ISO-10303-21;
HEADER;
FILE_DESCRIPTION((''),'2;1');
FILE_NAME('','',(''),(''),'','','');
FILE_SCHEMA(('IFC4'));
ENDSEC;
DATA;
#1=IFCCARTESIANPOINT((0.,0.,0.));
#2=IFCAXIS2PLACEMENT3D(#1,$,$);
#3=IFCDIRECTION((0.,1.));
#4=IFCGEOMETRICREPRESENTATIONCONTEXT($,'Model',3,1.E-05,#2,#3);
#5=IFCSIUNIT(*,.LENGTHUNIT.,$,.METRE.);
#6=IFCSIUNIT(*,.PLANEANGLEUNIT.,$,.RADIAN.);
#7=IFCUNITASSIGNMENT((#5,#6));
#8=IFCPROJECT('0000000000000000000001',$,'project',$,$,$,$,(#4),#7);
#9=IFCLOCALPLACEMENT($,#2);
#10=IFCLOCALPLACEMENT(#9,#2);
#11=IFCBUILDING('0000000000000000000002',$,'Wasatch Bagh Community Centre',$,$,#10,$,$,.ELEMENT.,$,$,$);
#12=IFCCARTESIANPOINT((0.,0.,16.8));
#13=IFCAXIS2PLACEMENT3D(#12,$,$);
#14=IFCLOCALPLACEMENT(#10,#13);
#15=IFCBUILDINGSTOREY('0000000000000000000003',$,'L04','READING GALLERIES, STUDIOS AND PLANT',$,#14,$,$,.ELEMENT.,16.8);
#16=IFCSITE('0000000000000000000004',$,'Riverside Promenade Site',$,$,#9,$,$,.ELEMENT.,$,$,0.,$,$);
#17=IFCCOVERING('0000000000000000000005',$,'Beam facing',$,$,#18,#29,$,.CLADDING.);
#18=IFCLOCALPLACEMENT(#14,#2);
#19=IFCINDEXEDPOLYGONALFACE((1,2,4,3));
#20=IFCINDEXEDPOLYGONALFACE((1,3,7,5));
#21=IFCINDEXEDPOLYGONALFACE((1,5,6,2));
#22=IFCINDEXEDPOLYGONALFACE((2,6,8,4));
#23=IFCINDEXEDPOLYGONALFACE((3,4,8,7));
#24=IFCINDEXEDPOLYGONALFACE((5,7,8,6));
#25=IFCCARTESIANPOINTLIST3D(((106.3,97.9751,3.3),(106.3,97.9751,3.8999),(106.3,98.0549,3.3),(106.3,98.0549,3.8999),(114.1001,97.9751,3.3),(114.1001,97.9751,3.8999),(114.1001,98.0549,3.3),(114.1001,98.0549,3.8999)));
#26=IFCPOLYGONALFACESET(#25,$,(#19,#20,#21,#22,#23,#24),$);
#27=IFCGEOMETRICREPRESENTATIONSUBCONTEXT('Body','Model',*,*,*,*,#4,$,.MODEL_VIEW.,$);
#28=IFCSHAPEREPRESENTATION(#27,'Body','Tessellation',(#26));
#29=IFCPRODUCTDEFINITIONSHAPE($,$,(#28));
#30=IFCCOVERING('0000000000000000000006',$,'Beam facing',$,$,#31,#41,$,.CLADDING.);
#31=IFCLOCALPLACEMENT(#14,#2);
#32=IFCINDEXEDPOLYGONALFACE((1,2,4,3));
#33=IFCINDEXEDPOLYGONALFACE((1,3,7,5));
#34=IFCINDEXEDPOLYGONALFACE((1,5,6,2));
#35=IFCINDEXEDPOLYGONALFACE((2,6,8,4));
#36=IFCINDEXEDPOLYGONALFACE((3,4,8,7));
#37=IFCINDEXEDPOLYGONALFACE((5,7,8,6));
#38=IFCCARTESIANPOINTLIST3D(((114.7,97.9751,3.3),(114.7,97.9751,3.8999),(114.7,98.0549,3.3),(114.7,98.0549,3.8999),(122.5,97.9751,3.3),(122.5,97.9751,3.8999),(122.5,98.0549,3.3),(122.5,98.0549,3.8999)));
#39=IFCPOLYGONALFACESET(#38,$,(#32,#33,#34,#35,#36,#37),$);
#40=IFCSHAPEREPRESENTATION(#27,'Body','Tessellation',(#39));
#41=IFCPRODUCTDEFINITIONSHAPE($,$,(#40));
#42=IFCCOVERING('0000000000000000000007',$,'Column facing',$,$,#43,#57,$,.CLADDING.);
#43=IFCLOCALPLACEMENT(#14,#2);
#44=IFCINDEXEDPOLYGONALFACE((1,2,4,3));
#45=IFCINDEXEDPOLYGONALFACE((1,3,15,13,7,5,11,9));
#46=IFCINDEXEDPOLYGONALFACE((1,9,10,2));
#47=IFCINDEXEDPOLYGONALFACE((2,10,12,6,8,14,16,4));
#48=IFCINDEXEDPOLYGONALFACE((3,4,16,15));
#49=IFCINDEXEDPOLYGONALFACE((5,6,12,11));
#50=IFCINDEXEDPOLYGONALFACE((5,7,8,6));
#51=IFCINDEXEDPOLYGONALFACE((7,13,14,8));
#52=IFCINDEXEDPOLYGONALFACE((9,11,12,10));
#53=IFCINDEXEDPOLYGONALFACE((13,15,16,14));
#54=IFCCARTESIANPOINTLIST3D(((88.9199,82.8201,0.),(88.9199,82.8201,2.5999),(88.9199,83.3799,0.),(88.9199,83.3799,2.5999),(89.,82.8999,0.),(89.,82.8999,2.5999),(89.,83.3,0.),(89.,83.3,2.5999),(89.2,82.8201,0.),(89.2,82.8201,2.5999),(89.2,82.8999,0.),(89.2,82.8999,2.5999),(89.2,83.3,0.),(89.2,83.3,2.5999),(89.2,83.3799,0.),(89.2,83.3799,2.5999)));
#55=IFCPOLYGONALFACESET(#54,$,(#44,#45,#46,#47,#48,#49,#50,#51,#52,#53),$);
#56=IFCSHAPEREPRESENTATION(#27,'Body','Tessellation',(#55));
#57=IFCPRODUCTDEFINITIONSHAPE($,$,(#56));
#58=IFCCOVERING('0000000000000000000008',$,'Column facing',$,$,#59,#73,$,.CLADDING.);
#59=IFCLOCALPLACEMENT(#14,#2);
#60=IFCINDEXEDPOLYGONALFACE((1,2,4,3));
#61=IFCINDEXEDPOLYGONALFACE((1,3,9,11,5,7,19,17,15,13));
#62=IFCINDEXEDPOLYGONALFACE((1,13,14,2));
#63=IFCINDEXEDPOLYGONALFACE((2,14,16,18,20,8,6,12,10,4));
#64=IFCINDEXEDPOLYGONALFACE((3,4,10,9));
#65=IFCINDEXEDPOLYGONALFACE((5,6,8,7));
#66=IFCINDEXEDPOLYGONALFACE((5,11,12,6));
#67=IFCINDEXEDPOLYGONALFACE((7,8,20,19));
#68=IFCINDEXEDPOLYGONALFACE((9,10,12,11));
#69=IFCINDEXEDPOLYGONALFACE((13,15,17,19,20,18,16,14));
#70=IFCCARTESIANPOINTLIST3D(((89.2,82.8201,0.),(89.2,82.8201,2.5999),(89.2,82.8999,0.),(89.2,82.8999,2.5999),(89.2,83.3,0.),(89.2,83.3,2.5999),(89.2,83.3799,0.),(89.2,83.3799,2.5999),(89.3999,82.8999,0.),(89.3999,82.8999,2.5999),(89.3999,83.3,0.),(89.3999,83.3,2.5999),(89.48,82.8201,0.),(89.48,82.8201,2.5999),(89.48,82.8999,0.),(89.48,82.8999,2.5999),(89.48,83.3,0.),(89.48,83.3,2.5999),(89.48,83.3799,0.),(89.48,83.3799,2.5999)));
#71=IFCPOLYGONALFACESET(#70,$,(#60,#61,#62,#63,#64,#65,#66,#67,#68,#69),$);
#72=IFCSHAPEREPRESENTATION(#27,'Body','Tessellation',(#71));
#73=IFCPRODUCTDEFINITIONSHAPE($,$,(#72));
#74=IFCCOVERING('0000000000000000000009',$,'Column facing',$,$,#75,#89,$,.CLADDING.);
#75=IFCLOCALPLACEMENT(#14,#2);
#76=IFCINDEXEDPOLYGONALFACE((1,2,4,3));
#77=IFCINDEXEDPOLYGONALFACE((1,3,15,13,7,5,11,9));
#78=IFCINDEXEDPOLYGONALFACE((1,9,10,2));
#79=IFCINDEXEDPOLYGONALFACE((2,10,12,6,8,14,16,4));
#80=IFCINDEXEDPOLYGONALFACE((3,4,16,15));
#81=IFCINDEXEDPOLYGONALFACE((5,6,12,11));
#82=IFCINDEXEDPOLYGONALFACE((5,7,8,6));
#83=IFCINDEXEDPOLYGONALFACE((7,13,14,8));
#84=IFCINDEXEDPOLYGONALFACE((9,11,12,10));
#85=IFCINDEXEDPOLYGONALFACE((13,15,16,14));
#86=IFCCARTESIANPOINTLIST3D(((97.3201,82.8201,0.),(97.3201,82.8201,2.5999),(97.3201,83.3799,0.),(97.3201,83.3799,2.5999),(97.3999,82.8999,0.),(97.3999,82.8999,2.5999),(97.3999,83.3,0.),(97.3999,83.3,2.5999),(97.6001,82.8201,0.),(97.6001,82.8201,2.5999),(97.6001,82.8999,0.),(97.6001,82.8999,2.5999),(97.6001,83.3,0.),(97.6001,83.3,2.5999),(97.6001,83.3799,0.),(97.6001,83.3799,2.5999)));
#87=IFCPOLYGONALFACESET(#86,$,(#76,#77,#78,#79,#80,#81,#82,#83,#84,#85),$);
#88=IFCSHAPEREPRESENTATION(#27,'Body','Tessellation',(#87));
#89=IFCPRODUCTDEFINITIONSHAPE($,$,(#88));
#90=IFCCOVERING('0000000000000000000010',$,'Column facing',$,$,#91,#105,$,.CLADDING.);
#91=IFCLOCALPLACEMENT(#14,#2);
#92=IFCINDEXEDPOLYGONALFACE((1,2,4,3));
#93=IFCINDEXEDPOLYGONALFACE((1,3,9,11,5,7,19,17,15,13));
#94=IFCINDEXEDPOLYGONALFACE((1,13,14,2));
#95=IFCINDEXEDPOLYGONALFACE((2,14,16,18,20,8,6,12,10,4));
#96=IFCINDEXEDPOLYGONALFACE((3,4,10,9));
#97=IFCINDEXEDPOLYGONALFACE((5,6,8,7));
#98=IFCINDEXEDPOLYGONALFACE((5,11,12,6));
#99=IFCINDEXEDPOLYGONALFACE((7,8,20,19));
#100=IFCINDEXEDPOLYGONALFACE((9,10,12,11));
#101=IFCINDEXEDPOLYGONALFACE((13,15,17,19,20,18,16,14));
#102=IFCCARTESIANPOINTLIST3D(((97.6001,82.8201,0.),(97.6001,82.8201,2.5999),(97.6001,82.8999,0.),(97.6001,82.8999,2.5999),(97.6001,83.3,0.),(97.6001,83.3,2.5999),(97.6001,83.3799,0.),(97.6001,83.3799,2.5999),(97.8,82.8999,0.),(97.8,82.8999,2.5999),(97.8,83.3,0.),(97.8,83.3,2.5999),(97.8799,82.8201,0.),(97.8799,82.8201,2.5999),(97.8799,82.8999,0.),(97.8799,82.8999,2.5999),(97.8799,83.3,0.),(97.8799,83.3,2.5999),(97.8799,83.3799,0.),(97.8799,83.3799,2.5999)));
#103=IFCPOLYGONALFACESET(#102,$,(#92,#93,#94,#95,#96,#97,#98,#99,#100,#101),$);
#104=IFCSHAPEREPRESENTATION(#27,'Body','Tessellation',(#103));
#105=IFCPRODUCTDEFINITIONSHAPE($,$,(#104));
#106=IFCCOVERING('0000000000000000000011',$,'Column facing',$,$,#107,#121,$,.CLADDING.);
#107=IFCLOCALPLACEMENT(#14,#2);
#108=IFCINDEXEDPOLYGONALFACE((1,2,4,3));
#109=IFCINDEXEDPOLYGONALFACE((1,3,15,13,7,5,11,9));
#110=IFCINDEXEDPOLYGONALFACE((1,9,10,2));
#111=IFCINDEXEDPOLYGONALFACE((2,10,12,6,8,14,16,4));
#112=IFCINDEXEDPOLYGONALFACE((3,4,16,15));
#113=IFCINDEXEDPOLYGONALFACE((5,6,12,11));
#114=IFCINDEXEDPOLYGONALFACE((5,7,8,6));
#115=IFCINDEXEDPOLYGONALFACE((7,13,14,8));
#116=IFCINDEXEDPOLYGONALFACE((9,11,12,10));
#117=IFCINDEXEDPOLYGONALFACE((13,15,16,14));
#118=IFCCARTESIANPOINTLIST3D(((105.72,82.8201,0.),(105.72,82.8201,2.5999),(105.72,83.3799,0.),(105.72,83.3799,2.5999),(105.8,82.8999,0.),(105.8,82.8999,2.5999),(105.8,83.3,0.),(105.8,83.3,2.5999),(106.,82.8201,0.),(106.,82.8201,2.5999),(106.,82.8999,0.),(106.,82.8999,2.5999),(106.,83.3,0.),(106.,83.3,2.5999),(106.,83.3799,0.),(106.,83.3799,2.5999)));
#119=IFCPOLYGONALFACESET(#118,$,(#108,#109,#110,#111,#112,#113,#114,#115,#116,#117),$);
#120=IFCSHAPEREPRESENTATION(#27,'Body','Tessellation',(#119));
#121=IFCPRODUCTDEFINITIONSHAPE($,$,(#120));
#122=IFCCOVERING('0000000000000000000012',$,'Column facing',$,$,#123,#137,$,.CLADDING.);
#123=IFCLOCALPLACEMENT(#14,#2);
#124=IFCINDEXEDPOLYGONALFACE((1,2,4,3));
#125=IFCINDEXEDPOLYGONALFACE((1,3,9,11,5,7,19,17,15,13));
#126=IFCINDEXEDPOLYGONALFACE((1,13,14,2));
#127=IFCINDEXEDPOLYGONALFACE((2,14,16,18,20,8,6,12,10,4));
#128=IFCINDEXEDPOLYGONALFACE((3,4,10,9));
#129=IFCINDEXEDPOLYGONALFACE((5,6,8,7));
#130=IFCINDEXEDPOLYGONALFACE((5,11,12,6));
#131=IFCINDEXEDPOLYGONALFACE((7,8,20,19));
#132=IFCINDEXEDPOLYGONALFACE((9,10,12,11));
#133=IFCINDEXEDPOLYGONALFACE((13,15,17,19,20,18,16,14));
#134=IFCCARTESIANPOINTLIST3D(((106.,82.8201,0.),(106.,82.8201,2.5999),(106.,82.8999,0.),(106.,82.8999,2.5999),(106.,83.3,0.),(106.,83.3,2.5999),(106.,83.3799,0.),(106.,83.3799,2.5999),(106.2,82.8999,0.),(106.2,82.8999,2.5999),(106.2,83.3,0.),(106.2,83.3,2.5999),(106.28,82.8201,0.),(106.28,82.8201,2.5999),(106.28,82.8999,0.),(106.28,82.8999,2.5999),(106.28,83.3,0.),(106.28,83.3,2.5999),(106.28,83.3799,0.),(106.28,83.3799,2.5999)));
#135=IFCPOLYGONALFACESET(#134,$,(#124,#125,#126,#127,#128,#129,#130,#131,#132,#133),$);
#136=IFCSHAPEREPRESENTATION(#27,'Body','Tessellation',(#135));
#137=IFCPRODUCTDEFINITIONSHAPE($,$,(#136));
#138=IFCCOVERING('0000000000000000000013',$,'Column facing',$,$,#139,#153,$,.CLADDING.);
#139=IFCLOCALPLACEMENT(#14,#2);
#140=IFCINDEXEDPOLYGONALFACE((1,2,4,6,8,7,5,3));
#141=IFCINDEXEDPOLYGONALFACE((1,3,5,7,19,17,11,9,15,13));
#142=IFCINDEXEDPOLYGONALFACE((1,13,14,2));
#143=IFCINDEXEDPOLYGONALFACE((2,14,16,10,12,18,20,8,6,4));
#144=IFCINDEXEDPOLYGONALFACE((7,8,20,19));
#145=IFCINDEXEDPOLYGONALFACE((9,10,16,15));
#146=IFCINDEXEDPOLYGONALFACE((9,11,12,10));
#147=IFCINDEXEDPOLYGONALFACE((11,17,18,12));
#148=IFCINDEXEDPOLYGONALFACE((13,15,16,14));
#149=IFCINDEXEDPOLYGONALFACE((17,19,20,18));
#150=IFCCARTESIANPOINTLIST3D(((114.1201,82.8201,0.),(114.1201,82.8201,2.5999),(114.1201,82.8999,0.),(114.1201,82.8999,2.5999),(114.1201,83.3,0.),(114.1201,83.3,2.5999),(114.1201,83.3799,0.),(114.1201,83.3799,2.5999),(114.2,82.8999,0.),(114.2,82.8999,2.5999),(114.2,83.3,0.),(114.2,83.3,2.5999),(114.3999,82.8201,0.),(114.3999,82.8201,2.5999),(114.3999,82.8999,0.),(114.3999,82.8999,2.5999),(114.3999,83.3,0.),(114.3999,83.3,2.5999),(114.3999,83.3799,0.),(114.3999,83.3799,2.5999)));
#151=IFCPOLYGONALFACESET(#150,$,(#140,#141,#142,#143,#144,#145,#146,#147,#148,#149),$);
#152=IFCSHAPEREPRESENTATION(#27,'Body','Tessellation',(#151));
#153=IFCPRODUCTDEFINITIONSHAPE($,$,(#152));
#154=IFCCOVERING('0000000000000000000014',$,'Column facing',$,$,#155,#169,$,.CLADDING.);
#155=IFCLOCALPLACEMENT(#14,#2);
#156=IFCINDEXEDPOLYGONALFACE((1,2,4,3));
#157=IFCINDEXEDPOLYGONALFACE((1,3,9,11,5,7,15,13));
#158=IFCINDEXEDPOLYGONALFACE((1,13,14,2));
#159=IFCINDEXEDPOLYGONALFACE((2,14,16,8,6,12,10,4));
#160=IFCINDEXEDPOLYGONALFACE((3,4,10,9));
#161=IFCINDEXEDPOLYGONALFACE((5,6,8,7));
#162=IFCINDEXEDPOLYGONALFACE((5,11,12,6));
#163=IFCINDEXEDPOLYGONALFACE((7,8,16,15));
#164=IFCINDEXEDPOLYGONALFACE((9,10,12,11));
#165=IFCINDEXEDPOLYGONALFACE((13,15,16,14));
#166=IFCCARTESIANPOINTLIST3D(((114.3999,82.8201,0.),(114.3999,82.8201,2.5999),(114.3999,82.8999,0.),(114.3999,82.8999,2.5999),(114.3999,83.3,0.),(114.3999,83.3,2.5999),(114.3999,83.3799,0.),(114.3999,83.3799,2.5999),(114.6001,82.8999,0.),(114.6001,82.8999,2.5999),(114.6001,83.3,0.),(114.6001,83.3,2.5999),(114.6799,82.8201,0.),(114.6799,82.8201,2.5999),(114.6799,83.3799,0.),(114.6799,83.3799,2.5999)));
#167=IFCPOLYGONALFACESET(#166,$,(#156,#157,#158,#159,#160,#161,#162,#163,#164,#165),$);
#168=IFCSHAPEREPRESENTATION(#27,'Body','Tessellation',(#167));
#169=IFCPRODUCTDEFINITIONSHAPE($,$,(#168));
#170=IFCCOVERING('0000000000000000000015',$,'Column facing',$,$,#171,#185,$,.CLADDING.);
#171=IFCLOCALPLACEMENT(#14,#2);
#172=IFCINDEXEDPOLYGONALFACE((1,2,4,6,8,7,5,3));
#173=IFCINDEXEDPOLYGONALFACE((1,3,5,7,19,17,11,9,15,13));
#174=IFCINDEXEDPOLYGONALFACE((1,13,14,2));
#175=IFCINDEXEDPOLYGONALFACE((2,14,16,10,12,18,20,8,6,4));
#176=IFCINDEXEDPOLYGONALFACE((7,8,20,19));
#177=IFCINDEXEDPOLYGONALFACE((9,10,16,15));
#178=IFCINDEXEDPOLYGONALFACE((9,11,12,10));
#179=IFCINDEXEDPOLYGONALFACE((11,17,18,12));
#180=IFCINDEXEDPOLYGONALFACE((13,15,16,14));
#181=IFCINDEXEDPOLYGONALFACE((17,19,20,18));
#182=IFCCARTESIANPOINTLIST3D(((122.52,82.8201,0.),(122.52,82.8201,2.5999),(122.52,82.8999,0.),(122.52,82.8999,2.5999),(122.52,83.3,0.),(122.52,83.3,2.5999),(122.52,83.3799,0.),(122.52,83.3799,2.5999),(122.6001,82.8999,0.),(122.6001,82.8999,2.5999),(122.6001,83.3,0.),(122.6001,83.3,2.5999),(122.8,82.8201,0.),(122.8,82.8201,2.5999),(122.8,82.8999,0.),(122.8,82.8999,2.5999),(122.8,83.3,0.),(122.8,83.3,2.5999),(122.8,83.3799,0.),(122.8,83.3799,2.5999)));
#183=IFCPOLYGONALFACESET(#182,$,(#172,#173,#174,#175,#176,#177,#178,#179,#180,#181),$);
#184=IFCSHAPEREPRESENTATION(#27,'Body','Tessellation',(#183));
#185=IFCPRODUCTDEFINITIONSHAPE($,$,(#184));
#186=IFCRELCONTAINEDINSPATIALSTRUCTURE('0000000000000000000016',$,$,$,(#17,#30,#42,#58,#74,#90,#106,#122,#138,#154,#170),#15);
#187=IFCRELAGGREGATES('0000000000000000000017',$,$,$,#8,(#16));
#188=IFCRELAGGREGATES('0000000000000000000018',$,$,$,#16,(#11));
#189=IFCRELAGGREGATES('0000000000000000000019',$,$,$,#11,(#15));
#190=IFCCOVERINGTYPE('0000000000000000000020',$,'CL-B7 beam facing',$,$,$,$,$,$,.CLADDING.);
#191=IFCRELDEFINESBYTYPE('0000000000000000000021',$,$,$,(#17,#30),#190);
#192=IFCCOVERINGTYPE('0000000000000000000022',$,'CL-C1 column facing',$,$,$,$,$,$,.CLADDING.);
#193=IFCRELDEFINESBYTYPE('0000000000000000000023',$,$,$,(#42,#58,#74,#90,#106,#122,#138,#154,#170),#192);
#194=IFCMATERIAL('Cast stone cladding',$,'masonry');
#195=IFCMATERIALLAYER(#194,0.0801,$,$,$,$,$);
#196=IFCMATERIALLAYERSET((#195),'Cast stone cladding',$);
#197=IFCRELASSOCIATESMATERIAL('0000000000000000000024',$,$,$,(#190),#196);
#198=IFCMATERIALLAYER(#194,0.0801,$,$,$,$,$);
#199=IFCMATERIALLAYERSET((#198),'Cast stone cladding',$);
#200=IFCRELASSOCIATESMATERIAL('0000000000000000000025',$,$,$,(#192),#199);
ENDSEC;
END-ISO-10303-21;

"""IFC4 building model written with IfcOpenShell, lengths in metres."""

from ifc_helpers import new_model, si_unit, direction, frame, origin, place, context, subcontext, project, spatial, polyline, outline, extrude, material, layer, layer_set, type_object, element, save


model = new_model("IFC4")

# Units and contexts
model_context = context("Model", 3, precision=1e-05, world=origin(), true_north=direction((0.0, 1.0)))
body_context = subcontext(model_context, "Body", "Model", "MODEL_VIEW")
ifc_project = project(units=[si_unit("LENGTHUNIT", "METRE"), si_unit("PLANEANGLEUNIT", "RADIAN")], contexts=[model_context])

# Site, building, storey
site_placement = place(None, origin())
site = spatial("IfcSite", under=ifc_project, at=site_placement, Name="Riverside Promenade Site", CompositionType="ELEMENT", RefElevation=0.0)
building_placement = place(site_placement, origin())
building = spatial("IfcBuilding", under=site, at=building_placement, Name="Wasatch Bagh Community Centre", CompositionType="ELEMENT")
storey_placement = place(building_placement, frame((0.0, 0.0, 16.8)))
storey = spatial("IfcBuildingStorey", under=building, at=storey_placement, Name="L04", Description="READING GALLERIES, STUDIOS AND PLANT", CompositionType="ELEMENT", Elevation=16.8)

# Coverings
ifc_material = material(Name="Cast stone cladding", Category="masonry")
ifc_layer_1 = layer(ifc_material, 0.0801)
ifc_layer_set_1 = layer_set([ifc_layer_1], Name="Cast stone cladding")
covering_type_1 = type_object("IfcCoveringType", Name="CL-B7 beam facing", PredefinedType="CLADDING", material=ifc_layer_set_1)
covering_1_placement = place(storey_placement, frame((0.0, 0.0, 3.3)))
element("IfcCovering", 1, at=covering_1_placement, inside=storey, type_object=covering_type_1, Name="Beam facing", PredefinedType="CLADDING", context=body_context, shape_type="SweptSolid", body=[
    extrude(outline(polyline([(106.3, 97.9751), (114.1001, 97.9751), (114.1001, 98.0549), (106.3, 98.0549), (106.3, 97.9751)])), origin(), (0.0, 0.0, 1.0), 0.5999),
])
covering_2_placement = place(storey_placement, frame((0.0, 0.0, 3.3)))
element("IfcCovering", 2, at=covering_2_placement, inside=storey, type_object=covering_type_1, Name="Beam facing", PredefinedType="CLADDING", context=body_context, shape_type="SweptSolid", body=[
    extrude(outline(polyline([(114.7, 97.9751), (122.5, 97.9751), (122.5, 98.0549), (114.7, 98.0549), (114.7, 97.9751)])), origin(), (0.0, 0.0, 1.0), 0.5999),
])
ifc_layer_2 = layer(ifc_material, 0.0801)
ifc_layer_set_2 = layer_set([ifc_layer_2], Name="Cast stone cladding")
covering_type_2 = type_object("IfcCoveringType", Name="CL-C1 column facing", PredefinedType="CLADDING", material=ifc_layer_set_2)
covering_3_placement = place(storey_placement, origin())
element("IfcCovering", 3, at=covering_3_placement, inside=storey, type_object=covering_type_2, Name="Column facing", PredefinedType="CLADDING", context=body_context, shape_type="SweptSolid", body=[
    extrude(outline(polyline([(89.2, 83.3799), (89.2, 83.3), (89.0, 83.3), (89.0, 82.8999), (89.2, 82.8999), (89.2, 82.8201), (88.9199, 82.8201), (88.9199, 83.3799), (89.2, 83.3799)])), origin(), (0.0, 0.0, 1.0), 2.5999),
])
covering_4_placement = place(storey_placement, origin())
element("IfcCovering", 4, at=covering_4_placement, inside=storey, type_object=covering_type_2, Name="Column facing", PredefinedType="CLADDING", context=body_context, shape_type="SweptSolid", body=[
    extrude(outline(polyline([(89.48, 83.3799), (89.48, 83.3), (89.48, 82.8999), (89.48, 82.8201), (89.2, 82.8201), (89.2, 82.8999), (89.3999, 82.8999), (89.3999, 83.3), (89.2, 83.3), (89.2, 83.3799), (89.48, 83.3799)])), origin(), (0.0, 0.0, 1.0), 2.5999),
])
covering_5_placement = place(storey_placement, origin())
element("IfcCovering", 5, at=covering_5_placement, inside=storey, type_object=covering_type_2, Name="Column facing", PredefinedType="CLADDING", context=body_context, shape_type="SweptSolid", body=[
    extrude(outline(polyline([(97.6001, 83.3799), (97.6001, 83.3), (97.3999, 83.3), (97.3999, 82.8999), (97.6001, 82.8999), (97.6001, 82.8201), (97.3201, 82.8201), (97.3201, 83.3799), (97.6001, 83.3799)])), origin(), (0.0, 0.0, 1.0), 2.5999),
])
covering_6_placement = place(storey_placement, origin())
element("IfcCovering", 6, at=covering_6_placement, inside=storey, type_object=covering_type_2, Name="Column facing", PredefinedType="CLADDING", context=body_context, shape_type="SweptSolid", body=[
    extrude(outline(polyline([(97.8799, 83.3799), (97.8799, 83.3), (97.8799, 82.8999), (97.8799, 82.8201), (97.6001, 82.8201), (97.6001, 82.8999), (97.8, 82.8999), (97.8, 83.3), (97.6001, 83.3), (97.6001, 83.3799), (97.8799, 83.3799)])), origin(), (0.0, 0.0, 1.0), 2.5999),
])
covering_7_placement = place(storey_placement, origin())
element("IfcCovering", 7, at=covering_7_placement, inside=storey, type_object=covering_type_2, Name="Column facing", PredefinedType="CLADDING", context=body_context, shape_type="SweptSolid", body=[
    extrude(outline(polyline([(106.0, 83.3799), (106.0, 83.3), (105.8, 83.3), (105.8, 82.8999), (106.0, 82.8999), (106.0, 82.8201), (105.72, 82.8201), (105.72, 83.3799), (106.0, 83.3799)])), origin(), (0.0, 0.0, 1.0), 2.5999),
])
covering_8_placement = place(storey_placement, origin())
element("IfcCovering", 8, at=covering_8_placement, inside=storey, type_object=covering_type_2, Name="Column facing", PredefinedType="CLADDING", context=body_context, shape_type="SweptSolid", body=[
    extrude(outline(polyline([(106.28, 83.3799), (106.28, 83.3), (106.28, 82.8999), (106.28, 82.8201), (106.0, 82.8201), (106.0, 82.8999), (106.2, 82.8999), (106.2, 83.3), (106.0, 83.3), (106.0, 83.3799), (106.28, 83.3799)])), origin(), (0.0, 0.0, 1.0), 2.5999),
])
covering_9_placement = place(storey_placement, origin())
element("IfcCovering", 9, at=covering_9_placement, inside=storey, type_object=covering_type_2, Name="Column facing", PredefinedType="CLADDING", context=body_context, shape_type="SweptSolid", body=[
    extrude(outline(polyline([(114.1201, 83.3), (114.1201, 83.3799), (114.3999, 83.3799), (114.3999, 83.3), (114.2, 83.3), (114.2, 82.8999), (114.3999, 82.8999), (114.3999, 82.8201), (114.1201, 82.8201), (114.1201, 82.8999), (114.1201, 83.3)])), origin(), (0.0, 0.0, 1.0), 2.5999),
])
covering_10_placement = place(storey_placement, origin())
element("IfcCovering", 10, at=covering_10_placement, inside=storey, type_object=covering_type_2, Name="Column facing", PredefinedType="CLADDING", context=body_context, shape_type="SweptSolid", body=[
    extrude(outline(polyline([(114.6799, 83.3799), (114.6799, 82.8201), (114.3999, 82.8201), (114.3999, 82.8999), (114.6001, 82.8999), (114.6001, 83.3), (114.3999, 83.3), (114.3999, 83.3799), (114.6799, 83.3799)])), origin(), (0.0, 0.0, 1.0), 2.5999),
])
covering_11_placement = place(storey_placement, origin())
element("IfcCovering", 11, at=covering_11_placement, inside=storey, type_object=covering_type_2, Name="Column facing", PredefinedType="CLADDING", context=body_context, shape_type="SweptSolid", body=[
    extrude(outline(polyline([(122.52, 83.3), (122.52, 83.3799), (122.8, 83.3799), (122.8, 83.3), (122.6001, 83.3), (122.6001, 82.8999), (122.8, 82.8999), (122.8, 82.8201), (122.52, 82.8201), (122.52, 82.8999), (122.52, 83.3)])), origin(), (0.0, 0.0, 1.0), 2.5999),
])

save(model, "model.ifc")
